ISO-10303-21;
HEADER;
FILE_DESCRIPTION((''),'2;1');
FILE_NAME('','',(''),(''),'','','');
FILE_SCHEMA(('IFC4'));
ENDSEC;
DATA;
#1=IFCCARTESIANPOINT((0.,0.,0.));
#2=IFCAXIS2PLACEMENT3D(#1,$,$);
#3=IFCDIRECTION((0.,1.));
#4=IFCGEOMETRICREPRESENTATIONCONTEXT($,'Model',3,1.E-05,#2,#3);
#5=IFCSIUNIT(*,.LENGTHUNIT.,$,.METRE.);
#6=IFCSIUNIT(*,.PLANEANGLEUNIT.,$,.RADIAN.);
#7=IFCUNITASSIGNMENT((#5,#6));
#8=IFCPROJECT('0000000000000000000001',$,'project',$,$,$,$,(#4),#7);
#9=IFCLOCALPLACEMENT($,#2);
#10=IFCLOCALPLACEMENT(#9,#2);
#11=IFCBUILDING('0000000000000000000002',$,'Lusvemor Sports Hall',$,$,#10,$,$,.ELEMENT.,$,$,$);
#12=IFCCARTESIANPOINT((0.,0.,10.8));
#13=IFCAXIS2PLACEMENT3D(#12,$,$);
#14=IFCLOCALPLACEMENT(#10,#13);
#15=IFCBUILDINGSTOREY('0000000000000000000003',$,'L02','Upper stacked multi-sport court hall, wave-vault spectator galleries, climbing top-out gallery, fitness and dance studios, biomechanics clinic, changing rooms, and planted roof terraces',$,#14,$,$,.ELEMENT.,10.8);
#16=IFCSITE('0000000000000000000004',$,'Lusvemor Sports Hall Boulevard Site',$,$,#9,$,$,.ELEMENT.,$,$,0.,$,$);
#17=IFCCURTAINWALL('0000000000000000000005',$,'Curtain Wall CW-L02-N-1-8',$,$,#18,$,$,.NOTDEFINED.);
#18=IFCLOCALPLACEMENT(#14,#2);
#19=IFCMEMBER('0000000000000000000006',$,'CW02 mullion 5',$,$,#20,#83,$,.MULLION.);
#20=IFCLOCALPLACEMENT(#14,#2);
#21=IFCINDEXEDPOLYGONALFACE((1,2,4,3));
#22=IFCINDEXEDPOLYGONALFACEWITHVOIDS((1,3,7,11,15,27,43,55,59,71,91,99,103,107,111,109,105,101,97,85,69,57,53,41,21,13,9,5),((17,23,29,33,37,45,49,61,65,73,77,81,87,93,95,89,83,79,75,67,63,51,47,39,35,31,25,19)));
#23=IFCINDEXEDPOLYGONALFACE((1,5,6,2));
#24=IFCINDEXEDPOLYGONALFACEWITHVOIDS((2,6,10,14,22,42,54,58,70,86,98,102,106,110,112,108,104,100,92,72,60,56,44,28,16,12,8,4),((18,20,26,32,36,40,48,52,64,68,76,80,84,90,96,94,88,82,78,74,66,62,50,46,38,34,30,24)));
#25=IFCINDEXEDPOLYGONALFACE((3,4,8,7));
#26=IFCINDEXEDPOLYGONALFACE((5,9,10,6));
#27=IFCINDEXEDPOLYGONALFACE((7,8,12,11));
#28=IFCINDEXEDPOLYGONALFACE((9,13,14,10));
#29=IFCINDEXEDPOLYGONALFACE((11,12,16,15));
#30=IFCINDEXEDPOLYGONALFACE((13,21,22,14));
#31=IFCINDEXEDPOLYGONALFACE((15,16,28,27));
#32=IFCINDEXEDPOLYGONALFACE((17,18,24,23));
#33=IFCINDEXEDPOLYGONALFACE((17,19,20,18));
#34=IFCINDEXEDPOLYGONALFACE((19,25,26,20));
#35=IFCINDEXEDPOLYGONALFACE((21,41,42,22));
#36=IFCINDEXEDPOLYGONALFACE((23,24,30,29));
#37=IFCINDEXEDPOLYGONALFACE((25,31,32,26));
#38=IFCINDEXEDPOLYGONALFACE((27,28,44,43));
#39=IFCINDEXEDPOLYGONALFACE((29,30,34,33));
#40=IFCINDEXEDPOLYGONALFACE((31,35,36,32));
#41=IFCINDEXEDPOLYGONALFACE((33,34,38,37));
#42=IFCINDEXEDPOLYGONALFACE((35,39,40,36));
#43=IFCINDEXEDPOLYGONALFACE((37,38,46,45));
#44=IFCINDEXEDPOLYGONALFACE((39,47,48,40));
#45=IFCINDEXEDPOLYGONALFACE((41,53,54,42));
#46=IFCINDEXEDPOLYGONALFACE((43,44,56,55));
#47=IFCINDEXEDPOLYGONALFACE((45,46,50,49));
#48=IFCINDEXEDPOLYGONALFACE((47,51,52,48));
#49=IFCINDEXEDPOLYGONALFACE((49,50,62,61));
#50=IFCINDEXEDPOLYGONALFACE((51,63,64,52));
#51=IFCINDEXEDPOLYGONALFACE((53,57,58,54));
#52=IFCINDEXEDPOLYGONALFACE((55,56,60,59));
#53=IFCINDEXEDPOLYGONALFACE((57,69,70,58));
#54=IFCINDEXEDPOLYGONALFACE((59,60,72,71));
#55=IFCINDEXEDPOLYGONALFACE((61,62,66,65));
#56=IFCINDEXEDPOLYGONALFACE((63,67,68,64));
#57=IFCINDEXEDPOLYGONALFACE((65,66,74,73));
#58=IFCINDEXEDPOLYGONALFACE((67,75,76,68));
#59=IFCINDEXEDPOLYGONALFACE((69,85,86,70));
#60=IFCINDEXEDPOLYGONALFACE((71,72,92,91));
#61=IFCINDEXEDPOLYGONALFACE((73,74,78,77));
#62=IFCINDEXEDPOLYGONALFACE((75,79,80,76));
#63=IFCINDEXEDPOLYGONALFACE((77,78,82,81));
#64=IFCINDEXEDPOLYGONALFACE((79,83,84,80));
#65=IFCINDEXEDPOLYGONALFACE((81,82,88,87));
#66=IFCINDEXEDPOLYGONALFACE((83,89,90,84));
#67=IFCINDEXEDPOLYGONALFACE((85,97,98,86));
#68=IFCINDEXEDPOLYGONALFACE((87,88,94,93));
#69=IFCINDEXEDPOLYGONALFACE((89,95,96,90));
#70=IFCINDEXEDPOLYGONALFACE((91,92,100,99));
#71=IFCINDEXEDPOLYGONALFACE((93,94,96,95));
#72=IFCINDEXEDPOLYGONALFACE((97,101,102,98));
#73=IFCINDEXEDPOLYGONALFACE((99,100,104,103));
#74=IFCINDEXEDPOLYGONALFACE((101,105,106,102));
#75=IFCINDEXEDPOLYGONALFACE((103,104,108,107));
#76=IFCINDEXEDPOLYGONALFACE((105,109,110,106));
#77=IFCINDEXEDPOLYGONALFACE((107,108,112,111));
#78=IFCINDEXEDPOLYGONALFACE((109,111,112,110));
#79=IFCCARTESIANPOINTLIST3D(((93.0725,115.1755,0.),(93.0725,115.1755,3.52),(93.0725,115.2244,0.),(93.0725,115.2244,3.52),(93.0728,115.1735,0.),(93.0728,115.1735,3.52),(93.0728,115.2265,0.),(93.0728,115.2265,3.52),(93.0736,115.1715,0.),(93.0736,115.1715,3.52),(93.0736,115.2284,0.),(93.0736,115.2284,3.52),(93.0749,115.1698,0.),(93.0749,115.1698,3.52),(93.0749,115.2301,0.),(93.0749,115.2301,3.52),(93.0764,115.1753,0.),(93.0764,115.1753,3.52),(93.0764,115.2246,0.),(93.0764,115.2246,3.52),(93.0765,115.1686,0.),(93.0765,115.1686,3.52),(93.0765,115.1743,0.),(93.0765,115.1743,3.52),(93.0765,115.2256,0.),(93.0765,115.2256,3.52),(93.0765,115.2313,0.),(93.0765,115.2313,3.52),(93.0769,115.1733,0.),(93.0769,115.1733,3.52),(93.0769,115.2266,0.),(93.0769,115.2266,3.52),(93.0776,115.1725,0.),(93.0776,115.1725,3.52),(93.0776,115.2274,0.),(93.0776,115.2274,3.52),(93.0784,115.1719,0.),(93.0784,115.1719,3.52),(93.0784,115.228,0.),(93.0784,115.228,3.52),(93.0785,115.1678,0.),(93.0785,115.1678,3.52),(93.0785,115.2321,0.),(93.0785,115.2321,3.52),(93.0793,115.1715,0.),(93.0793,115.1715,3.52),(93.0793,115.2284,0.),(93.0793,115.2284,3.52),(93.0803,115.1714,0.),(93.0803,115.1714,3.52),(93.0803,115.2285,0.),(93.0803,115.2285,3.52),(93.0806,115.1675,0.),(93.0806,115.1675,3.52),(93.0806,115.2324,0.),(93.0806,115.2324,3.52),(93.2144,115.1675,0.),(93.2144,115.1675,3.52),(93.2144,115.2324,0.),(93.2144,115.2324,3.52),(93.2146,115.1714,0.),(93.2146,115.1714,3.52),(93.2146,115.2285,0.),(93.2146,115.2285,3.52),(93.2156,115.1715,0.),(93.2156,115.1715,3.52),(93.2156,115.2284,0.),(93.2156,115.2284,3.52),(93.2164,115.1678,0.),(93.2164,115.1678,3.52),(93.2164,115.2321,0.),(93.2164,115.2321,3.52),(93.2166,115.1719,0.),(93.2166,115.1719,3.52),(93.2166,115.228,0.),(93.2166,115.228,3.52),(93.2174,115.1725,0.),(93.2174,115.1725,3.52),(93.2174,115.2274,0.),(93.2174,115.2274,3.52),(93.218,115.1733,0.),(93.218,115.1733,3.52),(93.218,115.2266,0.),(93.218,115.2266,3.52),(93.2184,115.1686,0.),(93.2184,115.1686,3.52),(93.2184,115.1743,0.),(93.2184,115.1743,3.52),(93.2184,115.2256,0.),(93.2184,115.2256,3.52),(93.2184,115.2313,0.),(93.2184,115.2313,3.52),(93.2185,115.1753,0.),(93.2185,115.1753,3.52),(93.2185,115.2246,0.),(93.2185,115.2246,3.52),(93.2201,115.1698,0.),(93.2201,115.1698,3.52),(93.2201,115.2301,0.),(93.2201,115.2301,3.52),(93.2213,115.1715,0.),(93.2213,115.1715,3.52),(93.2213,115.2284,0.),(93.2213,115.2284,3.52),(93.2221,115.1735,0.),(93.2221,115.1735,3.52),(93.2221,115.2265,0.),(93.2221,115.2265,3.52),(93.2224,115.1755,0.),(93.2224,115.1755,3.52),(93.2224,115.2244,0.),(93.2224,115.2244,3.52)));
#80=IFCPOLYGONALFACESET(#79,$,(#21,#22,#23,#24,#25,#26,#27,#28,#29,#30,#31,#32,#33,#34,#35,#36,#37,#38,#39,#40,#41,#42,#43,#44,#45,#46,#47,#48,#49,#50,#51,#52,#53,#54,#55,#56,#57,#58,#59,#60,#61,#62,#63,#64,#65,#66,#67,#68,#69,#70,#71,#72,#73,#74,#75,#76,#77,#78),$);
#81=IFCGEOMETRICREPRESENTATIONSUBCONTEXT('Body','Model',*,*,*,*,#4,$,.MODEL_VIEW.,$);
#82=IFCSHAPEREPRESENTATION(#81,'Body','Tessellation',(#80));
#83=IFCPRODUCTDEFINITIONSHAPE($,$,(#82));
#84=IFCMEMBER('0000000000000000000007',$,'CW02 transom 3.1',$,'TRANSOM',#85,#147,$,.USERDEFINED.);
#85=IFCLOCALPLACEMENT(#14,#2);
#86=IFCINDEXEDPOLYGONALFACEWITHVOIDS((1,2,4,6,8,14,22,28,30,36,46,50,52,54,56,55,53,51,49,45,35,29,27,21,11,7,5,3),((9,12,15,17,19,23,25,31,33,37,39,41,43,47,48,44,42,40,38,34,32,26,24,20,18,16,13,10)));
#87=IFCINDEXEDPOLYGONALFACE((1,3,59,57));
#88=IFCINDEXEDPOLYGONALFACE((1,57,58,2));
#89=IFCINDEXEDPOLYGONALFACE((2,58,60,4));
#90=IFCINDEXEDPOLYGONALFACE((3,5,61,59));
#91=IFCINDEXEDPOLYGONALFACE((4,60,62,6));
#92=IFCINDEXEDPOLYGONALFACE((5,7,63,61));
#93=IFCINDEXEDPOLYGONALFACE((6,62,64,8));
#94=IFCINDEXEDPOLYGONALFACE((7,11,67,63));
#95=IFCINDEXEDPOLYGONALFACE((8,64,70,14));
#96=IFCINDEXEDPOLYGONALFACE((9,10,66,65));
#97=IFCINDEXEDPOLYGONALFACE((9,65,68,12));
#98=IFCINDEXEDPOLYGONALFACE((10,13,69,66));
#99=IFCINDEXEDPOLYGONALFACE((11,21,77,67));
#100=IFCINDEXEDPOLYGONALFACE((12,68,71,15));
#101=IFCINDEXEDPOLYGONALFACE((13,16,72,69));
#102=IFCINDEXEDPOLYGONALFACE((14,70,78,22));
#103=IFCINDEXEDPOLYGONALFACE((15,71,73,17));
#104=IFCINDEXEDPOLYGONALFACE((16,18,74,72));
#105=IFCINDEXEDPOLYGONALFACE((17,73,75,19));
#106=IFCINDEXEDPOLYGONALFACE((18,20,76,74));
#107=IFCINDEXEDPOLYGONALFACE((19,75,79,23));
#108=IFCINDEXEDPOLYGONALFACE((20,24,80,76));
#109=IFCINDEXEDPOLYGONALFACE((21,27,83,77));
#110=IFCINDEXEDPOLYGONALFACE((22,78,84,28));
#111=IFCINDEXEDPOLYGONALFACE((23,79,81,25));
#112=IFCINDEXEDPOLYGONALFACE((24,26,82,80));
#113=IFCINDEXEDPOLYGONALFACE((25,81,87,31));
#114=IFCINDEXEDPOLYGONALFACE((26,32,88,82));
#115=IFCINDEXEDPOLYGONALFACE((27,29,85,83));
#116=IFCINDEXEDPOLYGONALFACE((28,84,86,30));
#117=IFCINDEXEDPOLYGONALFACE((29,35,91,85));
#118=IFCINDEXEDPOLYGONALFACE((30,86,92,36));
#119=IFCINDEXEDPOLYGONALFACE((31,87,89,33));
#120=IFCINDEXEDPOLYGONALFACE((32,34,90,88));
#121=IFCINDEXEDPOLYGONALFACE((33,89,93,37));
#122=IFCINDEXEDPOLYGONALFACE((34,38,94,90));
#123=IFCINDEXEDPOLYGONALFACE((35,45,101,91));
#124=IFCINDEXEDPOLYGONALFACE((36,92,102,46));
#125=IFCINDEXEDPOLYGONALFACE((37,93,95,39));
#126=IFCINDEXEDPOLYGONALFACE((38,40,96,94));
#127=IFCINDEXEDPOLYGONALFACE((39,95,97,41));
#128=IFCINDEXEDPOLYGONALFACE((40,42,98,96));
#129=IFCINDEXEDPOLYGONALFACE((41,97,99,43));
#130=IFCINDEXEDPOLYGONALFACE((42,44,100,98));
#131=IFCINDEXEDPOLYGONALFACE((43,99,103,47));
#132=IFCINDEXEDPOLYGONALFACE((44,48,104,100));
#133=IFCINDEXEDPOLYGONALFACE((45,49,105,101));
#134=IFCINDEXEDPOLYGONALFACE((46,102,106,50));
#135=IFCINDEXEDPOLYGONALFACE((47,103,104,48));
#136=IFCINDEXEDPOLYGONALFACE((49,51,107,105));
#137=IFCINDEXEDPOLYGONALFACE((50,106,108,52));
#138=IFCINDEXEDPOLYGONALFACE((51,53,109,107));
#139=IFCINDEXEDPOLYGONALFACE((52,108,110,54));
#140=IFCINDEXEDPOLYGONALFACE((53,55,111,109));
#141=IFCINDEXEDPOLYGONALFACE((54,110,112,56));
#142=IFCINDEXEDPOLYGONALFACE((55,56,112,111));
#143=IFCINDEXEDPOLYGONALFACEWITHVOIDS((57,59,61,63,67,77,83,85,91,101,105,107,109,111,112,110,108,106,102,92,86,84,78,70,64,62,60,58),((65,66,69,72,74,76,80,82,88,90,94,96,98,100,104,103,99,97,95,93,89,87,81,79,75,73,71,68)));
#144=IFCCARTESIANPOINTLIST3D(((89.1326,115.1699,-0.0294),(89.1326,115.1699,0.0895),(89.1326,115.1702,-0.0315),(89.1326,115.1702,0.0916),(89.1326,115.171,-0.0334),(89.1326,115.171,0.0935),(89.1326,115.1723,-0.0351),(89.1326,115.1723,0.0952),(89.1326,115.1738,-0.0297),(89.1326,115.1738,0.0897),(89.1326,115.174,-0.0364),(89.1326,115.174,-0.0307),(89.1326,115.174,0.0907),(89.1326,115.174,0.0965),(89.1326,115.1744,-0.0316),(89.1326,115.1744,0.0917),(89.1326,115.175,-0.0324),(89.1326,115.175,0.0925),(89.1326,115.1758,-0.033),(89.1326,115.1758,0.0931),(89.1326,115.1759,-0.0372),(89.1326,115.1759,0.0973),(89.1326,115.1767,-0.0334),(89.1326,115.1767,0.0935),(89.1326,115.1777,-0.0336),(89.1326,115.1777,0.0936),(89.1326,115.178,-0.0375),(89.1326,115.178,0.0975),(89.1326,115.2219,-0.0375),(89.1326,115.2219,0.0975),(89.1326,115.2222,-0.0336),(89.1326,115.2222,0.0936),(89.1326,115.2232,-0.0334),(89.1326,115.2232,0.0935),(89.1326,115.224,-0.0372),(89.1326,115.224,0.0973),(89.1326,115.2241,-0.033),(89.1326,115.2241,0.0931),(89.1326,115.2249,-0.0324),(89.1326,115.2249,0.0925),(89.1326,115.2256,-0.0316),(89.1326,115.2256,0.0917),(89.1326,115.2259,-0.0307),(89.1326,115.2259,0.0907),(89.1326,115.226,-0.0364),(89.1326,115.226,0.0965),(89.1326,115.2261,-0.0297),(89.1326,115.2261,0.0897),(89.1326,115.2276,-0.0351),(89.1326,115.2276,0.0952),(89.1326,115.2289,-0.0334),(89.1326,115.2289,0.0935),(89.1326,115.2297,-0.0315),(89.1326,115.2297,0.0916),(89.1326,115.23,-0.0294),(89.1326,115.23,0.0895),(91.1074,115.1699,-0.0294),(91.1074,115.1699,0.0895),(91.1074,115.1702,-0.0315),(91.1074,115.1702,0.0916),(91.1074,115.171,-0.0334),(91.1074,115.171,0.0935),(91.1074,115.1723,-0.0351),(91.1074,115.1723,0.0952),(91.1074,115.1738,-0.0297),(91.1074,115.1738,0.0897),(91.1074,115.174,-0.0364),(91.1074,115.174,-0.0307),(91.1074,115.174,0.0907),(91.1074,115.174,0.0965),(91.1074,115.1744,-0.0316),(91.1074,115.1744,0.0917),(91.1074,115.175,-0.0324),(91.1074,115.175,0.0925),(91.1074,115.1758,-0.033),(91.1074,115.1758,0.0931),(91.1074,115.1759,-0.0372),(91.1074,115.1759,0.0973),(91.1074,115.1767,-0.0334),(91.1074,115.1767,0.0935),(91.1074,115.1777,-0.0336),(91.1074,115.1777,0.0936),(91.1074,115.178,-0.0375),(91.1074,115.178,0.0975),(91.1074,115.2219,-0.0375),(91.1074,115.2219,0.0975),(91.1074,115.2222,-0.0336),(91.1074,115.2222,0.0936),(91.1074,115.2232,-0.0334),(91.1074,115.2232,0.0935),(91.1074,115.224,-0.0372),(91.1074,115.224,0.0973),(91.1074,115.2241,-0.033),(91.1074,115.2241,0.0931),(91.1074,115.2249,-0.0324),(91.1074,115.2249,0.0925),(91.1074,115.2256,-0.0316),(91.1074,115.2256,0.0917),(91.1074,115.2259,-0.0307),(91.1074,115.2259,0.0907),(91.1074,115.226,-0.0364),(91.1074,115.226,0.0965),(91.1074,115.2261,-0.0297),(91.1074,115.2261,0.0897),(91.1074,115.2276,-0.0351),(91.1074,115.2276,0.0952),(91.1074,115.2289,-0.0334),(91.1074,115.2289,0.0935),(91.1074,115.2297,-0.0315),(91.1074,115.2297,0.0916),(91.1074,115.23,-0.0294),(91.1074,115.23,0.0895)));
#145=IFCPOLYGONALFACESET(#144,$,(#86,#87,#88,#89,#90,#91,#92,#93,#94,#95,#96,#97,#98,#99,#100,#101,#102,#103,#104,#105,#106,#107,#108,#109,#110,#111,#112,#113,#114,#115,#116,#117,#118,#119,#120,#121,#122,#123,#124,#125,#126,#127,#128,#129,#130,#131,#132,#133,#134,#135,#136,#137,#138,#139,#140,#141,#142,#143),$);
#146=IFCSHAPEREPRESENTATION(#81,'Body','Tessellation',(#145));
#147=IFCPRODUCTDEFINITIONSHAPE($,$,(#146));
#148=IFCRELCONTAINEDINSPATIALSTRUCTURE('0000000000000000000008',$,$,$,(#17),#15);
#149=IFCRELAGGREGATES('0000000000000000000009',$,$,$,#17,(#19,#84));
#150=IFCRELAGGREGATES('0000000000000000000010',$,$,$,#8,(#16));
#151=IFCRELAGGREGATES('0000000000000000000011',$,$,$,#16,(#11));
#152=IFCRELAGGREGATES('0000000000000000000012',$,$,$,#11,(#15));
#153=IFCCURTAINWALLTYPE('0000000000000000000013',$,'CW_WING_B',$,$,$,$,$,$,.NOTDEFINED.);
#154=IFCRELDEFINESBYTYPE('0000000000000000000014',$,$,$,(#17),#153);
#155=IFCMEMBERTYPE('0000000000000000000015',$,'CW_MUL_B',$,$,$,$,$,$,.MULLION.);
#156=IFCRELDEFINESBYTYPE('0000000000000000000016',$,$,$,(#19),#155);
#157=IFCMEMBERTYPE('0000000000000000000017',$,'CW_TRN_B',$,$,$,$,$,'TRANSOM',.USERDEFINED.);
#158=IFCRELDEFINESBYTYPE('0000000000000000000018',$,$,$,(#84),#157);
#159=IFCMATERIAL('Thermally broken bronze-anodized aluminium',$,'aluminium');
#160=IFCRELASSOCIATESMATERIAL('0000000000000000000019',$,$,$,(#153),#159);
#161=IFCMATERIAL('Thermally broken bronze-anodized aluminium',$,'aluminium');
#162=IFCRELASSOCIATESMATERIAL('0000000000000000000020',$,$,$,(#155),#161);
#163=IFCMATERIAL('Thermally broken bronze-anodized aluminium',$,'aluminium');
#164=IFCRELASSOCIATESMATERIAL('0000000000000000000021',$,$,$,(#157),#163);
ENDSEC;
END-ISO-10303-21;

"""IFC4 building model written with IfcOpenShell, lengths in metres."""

from ifc_helpers import new_model, si_unit, direction, frame, origin, origin_2d, place, context, subcontext, project, spatial, hollow_rectangle, extrude, material, material_profile, profile_set, type_object, element, aggregate, save


model = new_model("IFC4")

# Units and contexts
model_context = context("Model", 3, precision=1e-05, world=origin(), true_north=direction((0.0, 1.0)))
body_context = subcontext(model_context, "Body", "Model", "MODEL_VIEW")
ifc_project = project(units=[si_unit("LENGTHUNIT", "METRE"), si_unit("PLANEANGLEUNIT", "RADIAN")], contexts=[model_context])

# Site, building, storey
site_placement = place(None, origin())
site = spatial("IfcSite", under=ifc_project, at=site_placement, Name="Lusvemor Sports Hall Boulevard Site", CompositionType="ELEMENT", RefElevation=0.0)
building_placement = place(site_placement, origin())
building = spatial("IfcBuilding", under=site, at=building_placement, Name="Lusvemor Sports Hall", CompositionType="ELEMENT")
storey_placement = place(building_placement, frame((0.0, 0.0, 10.8)))
storey = spatial("IfcBuildingStorey", under=building, at=storey_placement, Name="L02", Description="Upper stacked multi-sport court hall, wave-vault spectator galleries, climbing top-out gallery, fitness and dance studios, biomechanics clinic, changing rooms, and planted roof terraces", CompositionType="ELEMENT", Elevation=10.8)

# Curtain wall, members
ifc_material_1 = material(Name="Thermally broken bronze-anodized aluminium", Category="aluminium")
curtain_wall_type = type_object("IfcCurtainWallType", Name="CW_WING_B", PredefinedType="NOTDEFINED", material=ifc_material_1)
curtain_wall_placement = place(storey_placement, origin())
curtain_wall = element("IfcCurtainWall", 1, at=curtain_wall_placement, inside=storey, type_object=curtain_wall_type, Name="Curtain Wall CW-L02-N-1-8", PredefinedType="NOTDEFINED")
ifc_material_2 = material(Name="Thermally broken bronze-anodized aluminium", Category="aluminium")
ifc_material_profile_1 = material_profile(ifc_material_2, hollow_rectangle(XDim=0.0649, YDim=0.1499, WallThickness=0.0039, InnerFilletRadius=0.0039, OuterFilletRadius=0.0081, at=origin_2d()), Name="CWMUL150x65x4")
ifc_profile_set_1 = profile_set([ifc_material_profile_1], Name="Thermally broken bronze-anodized aluminium")
member_type_1 = type_object("IfcMemberType", Name="CW_MUL_B", PredefinedType="MULLION", material=ifc_profile_set_1)
member_1_placement = place(storey_placement, frame((93.1475, 115.2, 0.0), z_axis=(0.0, 0.0, 1.0), x_axis=(0.0, 1.0, 0.0)))
member_1 = element("IfcMember", 2, at=member_1_placement, type_object=member_type_1, Name="CW02 mullion 5", PredefinedType="MULLION", context=body_context, shape_type="SweptSolid", body=[
    extrude(hollow_rectangle(XDim=0.0649, YDim=0.1499, WallThickness=0.0039, InnerFilletRadius=0.0039, OuterFilletRadius=0.0081, at=origin_2d()), origin(), (0.0, 0.0, 1.0), 3.52),
])
ifc_material_3 = material(Name="Thermally broken bronze-anodized aluminium", Category="aluminium")
ifc_material_profile_2 = material_profile(ifc_material_3, hollow_rectangle(XDim=0.0601, YDim=0.135, WallThickness=0.0039, InnerFilletRadius=0.0039, OuterFilletRadius=0.0081, at=origin_2d()), Name="CWTRN135x60x4")
ifc_profile_set_2 = profile_set([ifc_material_profile_2], Name="Thermally broken bronze-anodized aluminium")
member_type_2 = type_object("IfcMemberType", Name="CW_TRN_B", ElementType="TRANSOM", PredefinedType="USERDEFINED", material=ifc_profile_set_2)
member_2_placement = place(storey_placement, frame((89.1326, 115.2, 0.03), z_axis=(1.0, 0.0, 0.0), x_axis=(0.0, 1.0, 0.0)))
member_2 = element("IfcMember", 3, at=member_2_placement, type_object=member_type_2, Name="CW02 transom 3.1", ObjectType="TRANSOM", PredefinedType="USERDEFINED", context=body_context, shape_type="SweptSolid", body=[
    extrude(hollow_rectangle(XDim=0.0601, YDim=0.135, WallThickness=0.0039, InnerFilletRadius=0.0039, OuterFilletRadius=0.0081, at=origin_2d()), origin(), (0.0, 0.0, 1.0), 1.9749),
])

aggregate(curtain_wall, [member_1, member_2])

save(model, "model.ifc")
